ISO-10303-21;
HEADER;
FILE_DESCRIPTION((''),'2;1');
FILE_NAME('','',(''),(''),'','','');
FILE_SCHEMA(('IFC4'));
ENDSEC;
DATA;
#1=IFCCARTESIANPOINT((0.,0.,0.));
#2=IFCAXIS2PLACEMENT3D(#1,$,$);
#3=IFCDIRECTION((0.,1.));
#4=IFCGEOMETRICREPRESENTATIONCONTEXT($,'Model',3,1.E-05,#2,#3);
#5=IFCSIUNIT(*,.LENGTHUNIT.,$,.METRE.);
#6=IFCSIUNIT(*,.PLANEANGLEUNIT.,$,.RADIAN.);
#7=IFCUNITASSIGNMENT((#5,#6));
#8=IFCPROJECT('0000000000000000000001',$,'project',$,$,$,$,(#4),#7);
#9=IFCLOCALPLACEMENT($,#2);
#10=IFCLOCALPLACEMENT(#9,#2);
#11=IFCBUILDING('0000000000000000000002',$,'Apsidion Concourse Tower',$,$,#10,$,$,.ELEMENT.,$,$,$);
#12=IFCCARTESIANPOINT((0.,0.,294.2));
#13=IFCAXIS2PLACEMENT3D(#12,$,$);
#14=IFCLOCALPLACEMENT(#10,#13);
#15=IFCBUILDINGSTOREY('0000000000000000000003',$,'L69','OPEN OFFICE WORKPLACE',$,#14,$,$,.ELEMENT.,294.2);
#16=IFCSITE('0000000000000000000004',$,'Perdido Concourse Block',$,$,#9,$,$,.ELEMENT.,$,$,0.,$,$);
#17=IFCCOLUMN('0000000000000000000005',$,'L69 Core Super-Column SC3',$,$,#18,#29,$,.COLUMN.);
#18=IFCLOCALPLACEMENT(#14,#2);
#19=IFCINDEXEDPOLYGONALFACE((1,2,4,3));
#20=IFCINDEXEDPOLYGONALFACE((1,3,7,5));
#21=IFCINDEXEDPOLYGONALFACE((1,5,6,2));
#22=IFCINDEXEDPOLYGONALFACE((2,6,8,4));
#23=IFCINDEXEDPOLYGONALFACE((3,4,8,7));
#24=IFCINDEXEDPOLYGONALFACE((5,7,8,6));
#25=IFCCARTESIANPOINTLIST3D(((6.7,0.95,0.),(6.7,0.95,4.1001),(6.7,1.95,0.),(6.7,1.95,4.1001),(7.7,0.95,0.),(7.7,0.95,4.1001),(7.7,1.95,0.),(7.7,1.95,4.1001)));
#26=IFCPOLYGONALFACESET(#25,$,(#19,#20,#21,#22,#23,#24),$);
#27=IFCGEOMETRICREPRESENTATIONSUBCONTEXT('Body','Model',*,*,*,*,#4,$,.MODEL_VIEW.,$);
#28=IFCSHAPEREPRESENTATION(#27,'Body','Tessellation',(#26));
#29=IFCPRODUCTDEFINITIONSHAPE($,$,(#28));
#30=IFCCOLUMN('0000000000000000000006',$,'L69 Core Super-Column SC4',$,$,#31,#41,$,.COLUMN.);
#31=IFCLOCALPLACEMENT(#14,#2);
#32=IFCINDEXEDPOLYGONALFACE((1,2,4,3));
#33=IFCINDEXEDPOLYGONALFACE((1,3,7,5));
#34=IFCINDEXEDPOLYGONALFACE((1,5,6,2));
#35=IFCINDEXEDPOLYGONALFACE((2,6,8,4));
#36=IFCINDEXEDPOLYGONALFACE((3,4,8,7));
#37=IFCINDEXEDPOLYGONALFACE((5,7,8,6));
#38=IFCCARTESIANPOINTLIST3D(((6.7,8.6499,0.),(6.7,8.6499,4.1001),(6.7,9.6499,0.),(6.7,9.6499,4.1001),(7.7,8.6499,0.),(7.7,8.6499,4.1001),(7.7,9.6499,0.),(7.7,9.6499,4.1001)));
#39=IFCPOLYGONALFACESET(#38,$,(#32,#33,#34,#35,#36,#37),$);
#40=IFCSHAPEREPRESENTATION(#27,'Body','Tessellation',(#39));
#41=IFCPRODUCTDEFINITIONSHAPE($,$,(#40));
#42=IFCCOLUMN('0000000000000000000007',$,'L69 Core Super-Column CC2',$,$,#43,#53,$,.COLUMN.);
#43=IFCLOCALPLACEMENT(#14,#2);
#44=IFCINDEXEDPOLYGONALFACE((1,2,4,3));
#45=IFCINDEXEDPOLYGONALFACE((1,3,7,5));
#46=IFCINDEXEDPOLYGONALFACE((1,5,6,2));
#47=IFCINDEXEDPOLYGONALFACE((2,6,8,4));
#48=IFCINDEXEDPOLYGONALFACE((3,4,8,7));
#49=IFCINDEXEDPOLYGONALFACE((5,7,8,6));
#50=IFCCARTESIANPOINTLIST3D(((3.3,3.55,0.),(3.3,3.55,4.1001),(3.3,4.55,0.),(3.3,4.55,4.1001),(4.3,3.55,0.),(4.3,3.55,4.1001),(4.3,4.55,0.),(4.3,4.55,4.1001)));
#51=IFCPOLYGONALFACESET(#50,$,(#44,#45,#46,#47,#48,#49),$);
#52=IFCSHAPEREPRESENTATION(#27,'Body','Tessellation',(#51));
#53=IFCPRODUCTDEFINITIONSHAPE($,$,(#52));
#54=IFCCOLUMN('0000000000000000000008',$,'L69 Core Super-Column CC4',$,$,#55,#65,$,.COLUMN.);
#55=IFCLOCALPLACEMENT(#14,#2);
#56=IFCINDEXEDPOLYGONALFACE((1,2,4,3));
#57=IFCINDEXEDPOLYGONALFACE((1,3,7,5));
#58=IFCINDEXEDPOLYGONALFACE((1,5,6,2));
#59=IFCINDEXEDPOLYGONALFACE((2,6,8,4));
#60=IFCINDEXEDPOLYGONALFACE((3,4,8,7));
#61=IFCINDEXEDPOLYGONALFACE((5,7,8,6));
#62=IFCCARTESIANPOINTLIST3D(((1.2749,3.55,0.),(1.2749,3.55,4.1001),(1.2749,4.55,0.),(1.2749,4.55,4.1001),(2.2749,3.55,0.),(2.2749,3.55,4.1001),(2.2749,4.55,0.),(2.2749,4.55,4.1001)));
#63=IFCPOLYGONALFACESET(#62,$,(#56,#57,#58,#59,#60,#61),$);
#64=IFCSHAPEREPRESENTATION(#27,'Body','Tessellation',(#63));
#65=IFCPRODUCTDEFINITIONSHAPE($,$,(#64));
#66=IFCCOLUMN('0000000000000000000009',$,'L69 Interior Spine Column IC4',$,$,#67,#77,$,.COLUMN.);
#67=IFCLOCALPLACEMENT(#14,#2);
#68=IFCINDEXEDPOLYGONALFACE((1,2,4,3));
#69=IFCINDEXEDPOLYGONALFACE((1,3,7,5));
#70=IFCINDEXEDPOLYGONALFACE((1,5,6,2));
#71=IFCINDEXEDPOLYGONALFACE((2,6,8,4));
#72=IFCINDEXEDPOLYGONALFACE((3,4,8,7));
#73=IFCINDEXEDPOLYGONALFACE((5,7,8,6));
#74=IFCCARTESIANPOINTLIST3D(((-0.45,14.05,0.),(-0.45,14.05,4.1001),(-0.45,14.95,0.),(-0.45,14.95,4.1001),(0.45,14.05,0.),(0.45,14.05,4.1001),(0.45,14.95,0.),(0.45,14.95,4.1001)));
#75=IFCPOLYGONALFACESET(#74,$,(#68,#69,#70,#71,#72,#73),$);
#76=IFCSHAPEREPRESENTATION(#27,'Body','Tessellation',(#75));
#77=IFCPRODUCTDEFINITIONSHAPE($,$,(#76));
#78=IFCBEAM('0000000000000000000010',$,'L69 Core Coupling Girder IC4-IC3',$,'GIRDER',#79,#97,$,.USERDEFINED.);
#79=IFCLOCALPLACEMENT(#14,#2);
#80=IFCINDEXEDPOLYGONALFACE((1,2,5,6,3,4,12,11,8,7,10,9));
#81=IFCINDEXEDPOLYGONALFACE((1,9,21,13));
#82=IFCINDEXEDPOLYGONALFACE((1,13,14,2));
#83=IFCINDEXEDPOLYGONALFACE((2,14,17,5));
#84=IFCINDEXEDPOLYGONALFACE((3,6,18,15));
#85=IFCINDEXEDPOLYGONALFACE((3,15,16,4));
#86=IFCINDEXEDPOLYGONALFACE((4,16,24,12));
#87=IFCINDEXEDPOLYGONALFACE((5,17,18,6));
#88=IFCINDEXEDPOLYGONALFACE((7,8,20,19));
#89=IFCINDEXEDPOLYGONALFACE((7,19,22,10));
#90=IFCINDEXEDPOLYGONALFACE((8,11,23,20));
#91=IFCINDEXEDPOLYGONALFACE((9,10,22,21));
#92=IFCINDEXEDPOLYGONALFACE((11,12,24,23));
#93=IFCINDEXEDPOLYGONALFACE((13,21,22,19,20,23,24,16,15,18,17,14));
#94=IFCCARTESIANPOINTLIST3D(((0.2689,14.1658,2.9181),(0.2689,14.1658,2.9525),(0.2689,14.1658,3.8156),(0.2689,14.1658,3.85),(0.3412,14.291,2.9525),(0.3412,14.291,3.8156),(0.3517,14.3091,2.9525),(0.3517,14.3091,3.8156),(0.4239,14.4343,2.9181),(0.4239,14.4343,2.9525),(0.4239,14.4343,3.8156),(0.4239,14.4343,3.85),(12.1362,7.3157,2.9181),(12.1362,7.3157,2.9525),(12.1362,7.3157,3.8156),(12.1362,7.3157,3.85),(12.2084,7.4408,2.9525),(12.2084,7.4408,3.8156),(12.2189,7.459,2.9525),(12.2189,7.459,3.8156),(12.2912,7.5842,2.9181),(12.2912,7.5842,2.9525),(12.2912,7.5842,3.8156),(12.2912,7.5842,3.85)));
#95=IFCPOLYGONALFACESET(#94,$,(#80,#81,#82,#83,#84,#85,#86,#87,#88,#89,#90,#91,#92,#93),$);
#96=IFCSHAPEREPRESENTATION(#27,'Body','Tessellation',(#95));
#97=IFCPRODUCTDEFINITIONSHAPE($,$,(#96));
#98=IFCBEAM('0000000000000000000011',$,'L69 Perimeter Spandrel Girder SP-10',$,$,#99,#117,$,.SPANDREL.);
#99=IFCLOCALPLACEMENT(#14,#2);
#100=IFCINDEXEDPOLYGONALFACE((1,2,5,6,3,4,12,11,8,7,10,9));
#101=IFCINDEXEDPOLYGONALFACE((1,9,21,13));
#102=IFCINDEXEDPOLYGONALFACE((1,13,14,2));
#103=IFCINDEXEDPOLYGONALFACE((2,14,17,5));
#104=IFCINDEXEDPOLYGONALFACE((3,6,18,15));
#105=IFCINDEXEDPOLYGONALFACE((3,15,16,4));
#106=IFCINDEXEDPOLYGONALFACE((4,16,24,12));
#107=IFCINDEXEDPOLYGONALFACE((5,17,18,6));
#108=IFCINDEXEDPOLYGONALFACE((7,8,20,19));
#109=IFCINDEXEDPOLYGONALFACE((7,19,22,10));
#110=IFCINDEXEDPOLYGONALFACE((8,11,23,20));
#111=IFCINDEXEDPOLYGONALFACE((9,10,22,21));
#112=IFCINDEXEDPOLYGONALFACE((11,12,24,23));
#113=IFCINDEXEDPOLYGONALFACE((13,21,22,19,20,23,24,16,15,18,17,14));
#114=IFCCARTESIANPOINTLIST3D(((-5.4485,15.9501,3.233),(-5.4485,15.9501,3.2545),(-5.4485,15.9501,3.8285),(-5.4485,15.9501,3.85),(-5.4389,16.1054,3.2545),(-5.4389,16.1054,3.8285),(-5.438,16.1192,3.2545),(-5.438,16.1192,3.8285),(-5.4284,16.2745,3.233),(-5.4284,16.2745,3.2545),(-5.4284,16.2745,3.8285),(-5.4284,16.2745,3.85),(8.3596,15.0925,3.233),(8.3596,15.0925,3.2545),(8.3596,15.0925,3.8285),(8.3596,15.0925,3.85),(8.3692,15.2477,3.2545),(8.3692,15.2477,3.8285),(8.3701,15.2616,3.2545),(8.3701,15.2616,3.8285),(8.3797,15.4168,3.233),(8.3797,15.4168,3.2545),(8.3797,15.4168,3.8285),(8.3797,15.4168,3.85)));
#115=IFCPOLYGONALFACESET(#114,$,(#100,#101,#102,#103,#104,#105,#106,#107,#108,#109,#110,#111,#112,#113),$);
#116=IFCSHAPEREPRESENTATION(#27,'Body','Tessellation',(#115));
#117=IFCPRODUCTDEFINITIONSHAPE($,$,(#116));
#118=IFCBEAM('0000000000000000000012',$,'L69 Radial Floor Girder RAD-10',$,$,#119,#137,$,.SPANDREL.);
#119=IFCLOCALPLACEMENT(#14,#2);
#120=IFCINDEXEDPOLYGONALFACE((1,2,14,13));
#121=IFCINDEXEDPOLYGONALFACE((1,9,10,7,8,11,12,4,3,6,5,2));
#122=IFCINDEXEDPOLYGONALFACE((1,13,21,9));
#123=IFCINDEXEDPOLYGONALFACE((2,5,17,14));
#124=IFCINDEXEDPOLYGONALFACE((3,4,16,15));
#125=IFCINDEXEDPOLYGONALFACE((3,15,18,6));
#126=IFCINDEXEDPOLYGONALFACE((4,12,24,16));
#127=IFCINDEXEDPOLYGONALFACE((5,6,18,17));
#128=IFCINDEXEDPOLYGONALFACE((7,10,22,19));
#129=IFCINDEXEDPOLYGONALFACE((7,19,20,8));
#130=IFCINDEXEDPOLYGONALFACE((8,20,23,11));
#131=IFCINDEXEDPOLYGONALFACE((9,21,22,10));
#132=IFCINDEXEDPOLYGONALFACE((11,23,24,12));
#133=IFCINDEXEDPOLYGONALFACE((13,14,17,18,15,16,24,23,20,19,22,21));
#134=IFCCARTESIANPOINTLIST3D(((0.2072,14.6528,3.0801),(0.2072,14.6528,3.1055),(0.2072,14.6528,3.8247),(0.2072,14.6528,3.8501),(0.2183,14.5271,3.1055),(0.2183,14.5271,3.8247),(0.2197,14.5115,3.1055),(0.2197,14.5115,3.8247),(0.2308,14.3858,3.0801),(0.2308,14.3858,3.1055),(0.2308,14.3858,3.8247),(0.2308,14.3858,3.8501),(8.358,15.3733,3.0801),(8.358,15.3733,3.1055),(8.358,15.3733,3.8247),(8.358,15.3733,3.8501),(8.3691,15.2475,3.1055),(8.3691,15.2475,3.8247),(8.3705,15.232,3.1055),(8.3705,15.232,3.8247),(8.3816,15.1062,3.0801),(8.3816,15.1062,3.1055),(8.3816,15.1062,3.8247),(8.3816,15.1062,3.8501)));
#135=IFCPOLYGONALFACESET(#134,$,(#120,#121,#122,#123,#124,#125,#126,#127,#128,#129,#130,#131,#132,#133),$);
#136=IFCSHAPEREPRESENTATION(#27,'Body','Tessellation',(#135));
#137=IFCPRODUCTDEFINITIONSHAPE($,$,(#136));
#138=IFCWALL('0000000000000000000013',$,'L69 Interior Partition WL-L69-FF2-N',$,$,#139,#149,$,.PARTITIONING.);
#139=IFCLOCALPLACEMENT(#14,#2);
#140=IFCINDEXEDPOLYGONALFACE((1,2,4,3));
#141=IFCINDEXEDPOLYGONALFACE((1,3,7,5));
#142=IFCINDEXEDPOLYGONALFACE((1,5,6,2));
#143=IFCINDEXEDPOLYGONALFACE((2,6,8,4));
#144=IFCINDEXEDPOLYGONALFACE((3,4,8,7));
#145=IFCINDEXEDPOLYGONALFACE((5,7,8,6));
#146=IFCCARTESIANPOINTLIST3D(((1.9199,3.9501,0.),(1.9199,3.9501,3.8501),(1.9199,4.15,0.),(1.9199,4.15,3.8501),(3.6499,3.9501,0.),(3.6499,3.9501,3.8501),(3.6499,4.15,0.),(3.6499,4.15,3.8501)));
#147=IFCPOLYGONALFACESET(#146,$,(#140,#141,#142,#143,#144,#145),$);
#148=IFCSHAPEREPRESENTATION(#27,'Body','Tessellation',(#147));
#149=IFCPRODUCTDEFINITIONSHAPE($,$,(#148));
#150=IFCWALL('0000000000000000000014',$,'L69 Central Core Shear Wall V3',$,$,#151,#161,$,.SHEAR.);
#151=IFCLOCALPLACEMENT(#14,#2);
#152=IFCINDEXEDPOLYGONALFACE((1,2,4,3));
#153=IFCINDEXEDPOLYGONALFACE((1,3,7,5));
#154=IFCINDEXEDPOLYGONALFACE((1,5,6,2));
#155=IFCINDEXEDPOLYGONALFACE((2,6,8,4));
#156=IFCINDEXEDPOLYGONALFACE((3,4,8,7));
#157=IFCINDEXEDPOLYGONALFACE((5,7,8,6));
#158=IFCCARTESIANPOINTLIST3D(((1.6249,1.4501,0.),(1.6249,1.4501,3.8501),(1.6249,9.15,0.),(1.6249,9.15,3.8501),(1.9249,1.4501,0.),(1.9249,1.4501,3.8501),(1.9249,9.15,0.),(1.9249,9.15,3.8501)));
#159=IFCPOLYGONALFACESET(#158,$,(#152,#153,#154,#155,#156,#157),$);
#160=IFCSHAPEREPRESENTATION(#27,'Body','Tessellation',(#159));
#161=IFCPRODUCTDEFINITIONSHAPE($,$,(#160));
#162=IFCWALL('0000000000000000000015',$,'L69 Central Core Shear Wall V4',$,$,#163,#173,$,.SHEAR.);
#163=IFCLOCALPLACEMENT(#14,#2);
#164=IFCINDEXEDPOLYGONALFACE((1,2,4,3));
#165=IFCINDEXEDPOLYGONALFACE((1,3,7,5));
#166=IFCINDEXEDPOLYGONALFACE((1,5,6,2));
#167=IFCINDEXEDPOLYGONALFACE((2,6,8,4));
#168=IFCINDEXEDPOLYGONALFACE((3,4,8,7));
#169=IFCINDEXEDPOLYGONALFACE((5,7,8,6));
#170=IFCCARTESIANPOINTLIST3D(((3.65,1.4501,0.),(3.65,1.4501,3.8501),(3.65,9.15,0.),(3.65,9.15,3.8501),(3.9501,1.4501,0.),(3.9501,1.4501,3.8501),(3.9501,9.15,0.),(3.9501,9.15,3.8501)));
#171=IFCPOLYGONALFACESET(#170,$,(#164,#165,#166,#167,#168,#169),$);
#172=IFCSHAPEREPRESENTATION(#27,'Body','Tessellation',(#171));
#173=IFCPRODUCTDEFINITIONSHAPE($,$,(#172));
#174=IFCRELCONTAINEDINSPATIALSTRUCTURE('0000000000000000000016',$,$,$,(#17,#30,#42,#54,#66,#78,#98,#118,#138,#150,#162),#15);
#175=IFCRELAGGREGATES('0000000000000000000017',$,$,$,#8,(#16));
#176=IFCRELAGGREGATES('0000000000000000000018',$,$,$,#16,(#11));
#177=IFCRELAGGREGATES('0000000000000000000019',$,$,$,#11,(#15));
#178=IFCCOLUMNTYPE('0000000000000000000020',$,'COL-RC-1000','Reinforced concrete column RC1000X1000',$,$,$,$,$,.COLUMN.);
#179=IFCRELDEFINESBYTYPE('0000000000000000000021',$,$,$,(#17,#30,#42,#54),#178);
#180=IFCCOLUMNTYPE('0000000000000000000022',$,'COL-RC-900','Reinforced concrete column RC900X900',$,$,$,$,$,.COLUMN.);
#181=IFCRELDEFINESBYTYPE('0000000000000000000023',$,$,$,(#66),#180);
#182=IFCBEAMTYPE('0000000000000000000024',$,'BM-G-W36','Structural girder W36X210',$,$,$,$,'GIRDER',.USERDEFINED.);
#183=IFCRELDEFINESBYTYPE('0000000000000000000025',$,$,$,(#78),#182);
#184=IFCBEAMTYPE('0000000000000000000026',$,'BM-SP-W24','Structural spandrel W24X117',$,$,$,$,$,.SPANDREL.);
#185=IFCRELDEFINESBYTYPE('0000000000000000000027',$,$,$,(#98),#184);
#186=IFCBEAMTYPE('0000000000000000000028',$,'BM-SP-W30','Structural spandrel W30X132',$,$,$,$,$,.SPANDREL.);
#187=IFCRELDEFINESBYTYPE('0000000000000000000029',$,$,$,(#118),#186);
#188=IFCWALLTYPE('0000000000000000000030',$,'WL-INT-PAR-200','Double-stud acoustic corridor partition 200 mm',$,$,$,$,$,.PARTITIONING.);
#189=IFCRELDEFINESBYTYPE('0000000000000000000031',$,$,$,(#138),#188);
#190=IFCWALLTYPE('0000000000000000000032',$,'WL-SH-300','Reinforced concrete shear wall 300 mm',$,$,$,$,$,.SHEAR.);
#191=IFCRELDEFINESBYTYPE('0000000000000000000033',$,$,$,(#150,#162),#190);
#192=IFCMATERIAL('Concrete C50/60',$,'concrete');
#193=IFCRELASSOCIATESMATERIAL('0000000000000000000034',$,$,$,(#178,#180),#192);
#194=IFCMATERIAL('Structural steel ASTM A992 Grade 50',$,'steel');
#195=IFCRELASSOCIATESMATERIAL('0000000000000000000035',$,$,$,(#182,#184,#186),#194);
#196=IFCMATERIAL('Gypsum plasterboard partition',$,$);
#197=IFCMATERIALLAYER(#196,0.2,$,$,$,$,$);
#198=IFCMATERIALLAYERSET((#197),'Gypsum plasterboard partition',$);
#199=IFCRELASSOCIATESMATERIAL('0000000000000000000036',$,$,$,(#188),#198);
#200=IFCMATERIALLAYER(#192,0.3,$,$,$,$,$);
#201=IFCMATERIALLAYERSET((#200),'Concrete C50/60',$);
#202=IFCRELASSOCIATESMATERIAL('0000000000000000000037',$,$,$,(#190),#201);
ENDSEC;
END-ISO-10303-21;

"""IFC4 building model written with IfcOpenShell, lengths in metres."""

from ifc_helpers import new_model, si_unit, direction, frame, frame_2d, origin, origin_2d, place, context, subcontext, project, spatial, rectangle, i_section, extrude, material, layer, layer_set, material_profile, profile_set, type_object, element, save


model = new_model("IFC4")

# Units and contexts
model_context = context("Model", 3, precision=1e-05, world=origin(), true_north=direction((0.0, 1.0)))
body_context = subcontext(model_context, "Body", "Model", "MODEL_VIEW")
ifc_project = project(units=[si_unit("LENGTHUNIT", "METRE"), si_unit("PLANEANGLEUNIT", "RADIAN")], contexts=[model_context])

# Site, building, storey
site_placement = place(None, origin())
site = spatial("IfcSite", under=ifc_project, at=site_placement, Name="Perdido Concourse Block", CompositionType="ELEMENT", RefElevation=0.0)
building_placement = place(site_placement, origin())
building = spatial("IfcBuilding", under=site, at=building_placement, Name="Apsidion Concourse Tower", CompositionType="ELEMENT")
storey_placement = place(building_placement, frame((0.0, 0.0, 294.2)))
storey = spatial("IfcBuildingStorey", under=building, at=storey_placement, Name="L69", Description="OPEN OFFICE WORKPLACE", CompositionType="ELEMENT", Elevation=294.2)

# Columns
ifc_material_1 = material(Name="Concrete C50/60", Category="concrete")
ifc_material_profile_1 = material_profile(ifc_material_1, rectangle(XDim=1.0, YDim=1.0, at=origin_2d()), Name="RC 1000x1000")
ifc_profile_set_1 = profile_set([ifc_material_profile_1], Name="Concrete C50/60")
column_type_1 = type_object("IfcColumnType", Name="COL-RC-1000", Description="Reinforced concrete column RC1000X1000", PredefinedType="COLUMN", material=ifc_profile_set_1)
for number, where, z_axis, x_axis, name in (
    (1, (7.2, 1.45, 0.0), (0.0, 0.0, 1.0), (1.0, 0.0, 0.0), "L69 Core Super-Column SC3"),
    (2, (7.2, 9.1499, 0.0), (0.0, 0.0, 1.0), (1.0, 0.0, 0.0), "L69 Core Super-Column SC4"),
    (3, (3.8, 4.05, 0.0), (0.0, 0.0, 1.0), (1.0, 0.0, 0.0), "L69 Core Super-Column CC2"),
    (4, (1.7749, 4.05, 0.0), (0.0, 0.0, 1.0), (1.0, 0.0, 0.0), "L69 Core Super-Column CC4"),
):
    element("IfcColumn", number, at=place(storey_placement, frame(where, z_axis=z_axis, x_axis=x_axis)), inside=storey, type_object=column_type_1, Name=name, PredefinedType="COLUMN", context=body_context, shape_type="SweptSolid", body=[
        extrude(rectangle(XDim=1.0, YDim=1.0, at=origin_2d()), origin(), (0.0, 0.0, 1.0), 4.1001),
    ])
ifc_material_profile_2 = material_profile(ifc_material_1, rectangle(XDim=0.8999, YDim=0.8999, at=origin_2d()), Name="RC 900x900")
ifc_profile_set_2 = profile_set([ifc_material_profile_2], Name="Concrete C50/60")
column_type_2 = type_object("IfcColumnType", Name="COL-RC-900", Description="Reinforced concrete column RC900X900", PredefinedType="COLUMN", material=ifc_profile_set_2)
column_placement = place(storey_placement, frame((0.0, 14.5, 0.0), z_axis=(0.0, 0.0, 1.0), x_axis=(1.0, 0.0, 0.0)))
element("IfcColumn", 5, at=column_placement, inside=storey, type_object=column_type_2, Name="L69 Interior Spine Column IC4", PredefinedType="COLUMN", context=body_context, shape_type="SweptSolid", body=[
    extrude(rectangle(XDim=0.8999, YDim=0.8999, at=origin_2d()), origin(), (0.0, 0.0, 1.0), 4.1001),
])

# Beams
ifc_material_2 = material(Name="Structural steel ASTM A992 Grade 50", Category="steel")
ifc_material_profile_3 = material_profile(ifc_material_2, i_section(OverallWidth=0.3101, OverallDepth=0.9319, WebThickness=0.021, FlangeThickness=0.0344, at=origin_2d()), Name="W36X210")
ifc_profile_set_3 = profile_set([ifc_material_profile_3], Name="Structural steel ASTM A992 Grade 50")
beam_type_1 = type_object("IfcBeamType", Name="BM-G-W36", Description="Structural girder W36X210", ElementType="GIRDER", PredefinedType="USERDEFINED", material=ifc_profile_set_3)
beam_1_placement = place(storey_placement, frame((0.3464, 14.3, 3.384), z_axis=(0.86607, -0.499922, 0.0), x_axis=(0.499922, 0.86607, 0.0)))
element("IfcBeam", 6, at=beam_1_placement, inside=storey, type_object=beam_type_1, Name="L69 Core Coupling Girder IC4-IC3", ObjectType="GIRDER", PredefinedType="USERDEFINED", context=body_context, shape_type="SweptSolid", body=[
    extrude(i_section(OverallWidth=0.3101, OverallDepth=0.9319, WebThickness=0.021, FlangeThickness=0.0344, at=origin_2d()), origin(), (0.0, 0.0, 1.0), 13.7024),
])
ifc_material_profile_4 = material_profile(ifc_material_2, i_section(OverallWidth=0.325, OverallDepth=0.6169, WebThickness=0.0139, FlangeThickness=0.0215, at=origin_2d()), Name="W24X117")
ifc_profile_set_4 = profile_set([ifc_material_profile_4], Name="Structural steel ASTM A992 Grade 50")
beam_type_2 = type_object("IfcBeamType", Name="BM-SP-W24", Description="Structural spandrel W24X117", PredefinedType="SPANDREL", material=ifc_profile_set_4)
beam_2_placement = place(storey_placement, frame((8.3696, 15.2546, 3.5415), z_axis=(-0.998077, 0.061994, 0.0), x_axis=(-0.061994, -0.998077, 0.0)))
element("IfcBeam", 7, at=beam_2_placement, inside=storey, type_object=beam_type_2, Name="L69 Perimeter Spandrel Girder SP-10", PredefinedType="SPANDREL", context=body_context, shape_type="SweptSolid", body=[
    extrude(i_section(OverallWidth=0.325, OverallDepth=0.6169, WebThickness=0.0139, FlangeThickness=0.0215, at=origin_2d()), origin(), (0.0, 0.0, 1.0), 13.8347),
])
ifc_material_profile_5 = material_profile(ifc_material_2, i_section(OverallWidth=0.2681, OverallDepth=0.77, WebThickness=0.0156, FlangeThickness=0.0254, at=origin_2d()), Name="W30X132")
ifc_profile_set_5 = profile_set([ifc_material_profile_5], Name="Structural steel ASTM A992 Grade 50")
beam_type_3 = type_object("IfcBeamType", Name="BM-SP-W30", Description="Structural spandrel W30X132", PredefinedType="SPANDREL", material=ifc_profile_set_5)
beam_3_placement = place(storey_placement, frame((0.219, 14.5193, 3.4651), z_axis=(0.996116, 0.088047, 0.0), x_axis=(-0.088047, 0.996116, 0.0)))
element("IfcBeam", 8, at=beam_3_placement, inside=storey, type_object=beam_type_3, Name="L69 Radial Floor Girder RAD-10", PredefinedType="SPANDREL", context=body_context, shape_type="SweptSolid", body=[
    extrude(i_section(OverallWidth=0.2681, OverallDepth=0.77, WebThickness=0.0156, FlangeThickness=0.0254, at=origin_2d()), origin(), (0.0, 0.0, 1.0), 8.1826),
])

# Walls
ifc_material_3 = material(Name="Gypsum plasterboard partition")
ifc_layer_1 = layer(ifc_material_3, 0.2)
ifc_layer_set_1 = layer_set([ifc_layer_1], Name="Gypsum plasterboard partition")
wall_type_1 = type_object("IfcWallType", Name="WL-INT-PAR-200", Description="Double-stud acoustic corridor partition 200 mm", PredefinedType="PARTITIONING", material=ifc_layer_set_1)
wall_placement = place(storey_placement, frame((1.9199, 4.05, 0.0), z_axis=(0.0, 0.0, 1.0), x_axis=(1.0, 0.0, 0.0)))
element("IfcWall", 9, at=wall_placement, inside=storey, type_object=wall_type_1, Name="L69 Interior Partition WL-L69-FF2-N", PredefinedType="PARTITIONING", context=body_context, shape_type="SweptSolid", body=[
    extrude(rectangle(XDim=1.73, YDim=0.2, at=frame_2d((0.865, 0.0))), origin(), (0.0, 0.0, 1.0), 3.8501),
])
ifc_layer_2 = layer(ifc_material_1, 0.3)
ifc_layer_set_2 = layer_set([ifc_layer_2], Name="Concrete C50/60")
wall_type_2 = type_object("IfcWallType", Name="WL-SH-300", Description="Reinforced concrete shear wall 300 mm", PredefinedType="SHEAR", material=ifc_layer_set_2)
for number, where, z_axis, x_axis, name in (
    (10, (1.7749, 1.45, 0.0), (0.0, 0.0, 1.0), (0.0, 1.0, 0.0), "L69 Central Core Shear Wall V3"),
    (11, (3.8, 1.45, 0.0), (0.0, 0.0, 1.0), (0.0, 1.0, 0.0), "L69 Central Core Shear Wall V4"),
):
    element("IfcWall", number, at=place(storey_placement, frame(where, z_axis=z_axis, x_axis=x_axis)), inside=storey, type_object=wall_type_2, Name=name, PredefinedType="SHEAR", context=body_context, shape_type="SweptSolid", body=[
        extrude(rectangle(XDim=7.7, YDim=0.3, at=frame_2d((3.8501, 0.0))), origin(), (0.0, 0.0, 1.0), 3.8501),
    ])

save(model, "model.ifc")
